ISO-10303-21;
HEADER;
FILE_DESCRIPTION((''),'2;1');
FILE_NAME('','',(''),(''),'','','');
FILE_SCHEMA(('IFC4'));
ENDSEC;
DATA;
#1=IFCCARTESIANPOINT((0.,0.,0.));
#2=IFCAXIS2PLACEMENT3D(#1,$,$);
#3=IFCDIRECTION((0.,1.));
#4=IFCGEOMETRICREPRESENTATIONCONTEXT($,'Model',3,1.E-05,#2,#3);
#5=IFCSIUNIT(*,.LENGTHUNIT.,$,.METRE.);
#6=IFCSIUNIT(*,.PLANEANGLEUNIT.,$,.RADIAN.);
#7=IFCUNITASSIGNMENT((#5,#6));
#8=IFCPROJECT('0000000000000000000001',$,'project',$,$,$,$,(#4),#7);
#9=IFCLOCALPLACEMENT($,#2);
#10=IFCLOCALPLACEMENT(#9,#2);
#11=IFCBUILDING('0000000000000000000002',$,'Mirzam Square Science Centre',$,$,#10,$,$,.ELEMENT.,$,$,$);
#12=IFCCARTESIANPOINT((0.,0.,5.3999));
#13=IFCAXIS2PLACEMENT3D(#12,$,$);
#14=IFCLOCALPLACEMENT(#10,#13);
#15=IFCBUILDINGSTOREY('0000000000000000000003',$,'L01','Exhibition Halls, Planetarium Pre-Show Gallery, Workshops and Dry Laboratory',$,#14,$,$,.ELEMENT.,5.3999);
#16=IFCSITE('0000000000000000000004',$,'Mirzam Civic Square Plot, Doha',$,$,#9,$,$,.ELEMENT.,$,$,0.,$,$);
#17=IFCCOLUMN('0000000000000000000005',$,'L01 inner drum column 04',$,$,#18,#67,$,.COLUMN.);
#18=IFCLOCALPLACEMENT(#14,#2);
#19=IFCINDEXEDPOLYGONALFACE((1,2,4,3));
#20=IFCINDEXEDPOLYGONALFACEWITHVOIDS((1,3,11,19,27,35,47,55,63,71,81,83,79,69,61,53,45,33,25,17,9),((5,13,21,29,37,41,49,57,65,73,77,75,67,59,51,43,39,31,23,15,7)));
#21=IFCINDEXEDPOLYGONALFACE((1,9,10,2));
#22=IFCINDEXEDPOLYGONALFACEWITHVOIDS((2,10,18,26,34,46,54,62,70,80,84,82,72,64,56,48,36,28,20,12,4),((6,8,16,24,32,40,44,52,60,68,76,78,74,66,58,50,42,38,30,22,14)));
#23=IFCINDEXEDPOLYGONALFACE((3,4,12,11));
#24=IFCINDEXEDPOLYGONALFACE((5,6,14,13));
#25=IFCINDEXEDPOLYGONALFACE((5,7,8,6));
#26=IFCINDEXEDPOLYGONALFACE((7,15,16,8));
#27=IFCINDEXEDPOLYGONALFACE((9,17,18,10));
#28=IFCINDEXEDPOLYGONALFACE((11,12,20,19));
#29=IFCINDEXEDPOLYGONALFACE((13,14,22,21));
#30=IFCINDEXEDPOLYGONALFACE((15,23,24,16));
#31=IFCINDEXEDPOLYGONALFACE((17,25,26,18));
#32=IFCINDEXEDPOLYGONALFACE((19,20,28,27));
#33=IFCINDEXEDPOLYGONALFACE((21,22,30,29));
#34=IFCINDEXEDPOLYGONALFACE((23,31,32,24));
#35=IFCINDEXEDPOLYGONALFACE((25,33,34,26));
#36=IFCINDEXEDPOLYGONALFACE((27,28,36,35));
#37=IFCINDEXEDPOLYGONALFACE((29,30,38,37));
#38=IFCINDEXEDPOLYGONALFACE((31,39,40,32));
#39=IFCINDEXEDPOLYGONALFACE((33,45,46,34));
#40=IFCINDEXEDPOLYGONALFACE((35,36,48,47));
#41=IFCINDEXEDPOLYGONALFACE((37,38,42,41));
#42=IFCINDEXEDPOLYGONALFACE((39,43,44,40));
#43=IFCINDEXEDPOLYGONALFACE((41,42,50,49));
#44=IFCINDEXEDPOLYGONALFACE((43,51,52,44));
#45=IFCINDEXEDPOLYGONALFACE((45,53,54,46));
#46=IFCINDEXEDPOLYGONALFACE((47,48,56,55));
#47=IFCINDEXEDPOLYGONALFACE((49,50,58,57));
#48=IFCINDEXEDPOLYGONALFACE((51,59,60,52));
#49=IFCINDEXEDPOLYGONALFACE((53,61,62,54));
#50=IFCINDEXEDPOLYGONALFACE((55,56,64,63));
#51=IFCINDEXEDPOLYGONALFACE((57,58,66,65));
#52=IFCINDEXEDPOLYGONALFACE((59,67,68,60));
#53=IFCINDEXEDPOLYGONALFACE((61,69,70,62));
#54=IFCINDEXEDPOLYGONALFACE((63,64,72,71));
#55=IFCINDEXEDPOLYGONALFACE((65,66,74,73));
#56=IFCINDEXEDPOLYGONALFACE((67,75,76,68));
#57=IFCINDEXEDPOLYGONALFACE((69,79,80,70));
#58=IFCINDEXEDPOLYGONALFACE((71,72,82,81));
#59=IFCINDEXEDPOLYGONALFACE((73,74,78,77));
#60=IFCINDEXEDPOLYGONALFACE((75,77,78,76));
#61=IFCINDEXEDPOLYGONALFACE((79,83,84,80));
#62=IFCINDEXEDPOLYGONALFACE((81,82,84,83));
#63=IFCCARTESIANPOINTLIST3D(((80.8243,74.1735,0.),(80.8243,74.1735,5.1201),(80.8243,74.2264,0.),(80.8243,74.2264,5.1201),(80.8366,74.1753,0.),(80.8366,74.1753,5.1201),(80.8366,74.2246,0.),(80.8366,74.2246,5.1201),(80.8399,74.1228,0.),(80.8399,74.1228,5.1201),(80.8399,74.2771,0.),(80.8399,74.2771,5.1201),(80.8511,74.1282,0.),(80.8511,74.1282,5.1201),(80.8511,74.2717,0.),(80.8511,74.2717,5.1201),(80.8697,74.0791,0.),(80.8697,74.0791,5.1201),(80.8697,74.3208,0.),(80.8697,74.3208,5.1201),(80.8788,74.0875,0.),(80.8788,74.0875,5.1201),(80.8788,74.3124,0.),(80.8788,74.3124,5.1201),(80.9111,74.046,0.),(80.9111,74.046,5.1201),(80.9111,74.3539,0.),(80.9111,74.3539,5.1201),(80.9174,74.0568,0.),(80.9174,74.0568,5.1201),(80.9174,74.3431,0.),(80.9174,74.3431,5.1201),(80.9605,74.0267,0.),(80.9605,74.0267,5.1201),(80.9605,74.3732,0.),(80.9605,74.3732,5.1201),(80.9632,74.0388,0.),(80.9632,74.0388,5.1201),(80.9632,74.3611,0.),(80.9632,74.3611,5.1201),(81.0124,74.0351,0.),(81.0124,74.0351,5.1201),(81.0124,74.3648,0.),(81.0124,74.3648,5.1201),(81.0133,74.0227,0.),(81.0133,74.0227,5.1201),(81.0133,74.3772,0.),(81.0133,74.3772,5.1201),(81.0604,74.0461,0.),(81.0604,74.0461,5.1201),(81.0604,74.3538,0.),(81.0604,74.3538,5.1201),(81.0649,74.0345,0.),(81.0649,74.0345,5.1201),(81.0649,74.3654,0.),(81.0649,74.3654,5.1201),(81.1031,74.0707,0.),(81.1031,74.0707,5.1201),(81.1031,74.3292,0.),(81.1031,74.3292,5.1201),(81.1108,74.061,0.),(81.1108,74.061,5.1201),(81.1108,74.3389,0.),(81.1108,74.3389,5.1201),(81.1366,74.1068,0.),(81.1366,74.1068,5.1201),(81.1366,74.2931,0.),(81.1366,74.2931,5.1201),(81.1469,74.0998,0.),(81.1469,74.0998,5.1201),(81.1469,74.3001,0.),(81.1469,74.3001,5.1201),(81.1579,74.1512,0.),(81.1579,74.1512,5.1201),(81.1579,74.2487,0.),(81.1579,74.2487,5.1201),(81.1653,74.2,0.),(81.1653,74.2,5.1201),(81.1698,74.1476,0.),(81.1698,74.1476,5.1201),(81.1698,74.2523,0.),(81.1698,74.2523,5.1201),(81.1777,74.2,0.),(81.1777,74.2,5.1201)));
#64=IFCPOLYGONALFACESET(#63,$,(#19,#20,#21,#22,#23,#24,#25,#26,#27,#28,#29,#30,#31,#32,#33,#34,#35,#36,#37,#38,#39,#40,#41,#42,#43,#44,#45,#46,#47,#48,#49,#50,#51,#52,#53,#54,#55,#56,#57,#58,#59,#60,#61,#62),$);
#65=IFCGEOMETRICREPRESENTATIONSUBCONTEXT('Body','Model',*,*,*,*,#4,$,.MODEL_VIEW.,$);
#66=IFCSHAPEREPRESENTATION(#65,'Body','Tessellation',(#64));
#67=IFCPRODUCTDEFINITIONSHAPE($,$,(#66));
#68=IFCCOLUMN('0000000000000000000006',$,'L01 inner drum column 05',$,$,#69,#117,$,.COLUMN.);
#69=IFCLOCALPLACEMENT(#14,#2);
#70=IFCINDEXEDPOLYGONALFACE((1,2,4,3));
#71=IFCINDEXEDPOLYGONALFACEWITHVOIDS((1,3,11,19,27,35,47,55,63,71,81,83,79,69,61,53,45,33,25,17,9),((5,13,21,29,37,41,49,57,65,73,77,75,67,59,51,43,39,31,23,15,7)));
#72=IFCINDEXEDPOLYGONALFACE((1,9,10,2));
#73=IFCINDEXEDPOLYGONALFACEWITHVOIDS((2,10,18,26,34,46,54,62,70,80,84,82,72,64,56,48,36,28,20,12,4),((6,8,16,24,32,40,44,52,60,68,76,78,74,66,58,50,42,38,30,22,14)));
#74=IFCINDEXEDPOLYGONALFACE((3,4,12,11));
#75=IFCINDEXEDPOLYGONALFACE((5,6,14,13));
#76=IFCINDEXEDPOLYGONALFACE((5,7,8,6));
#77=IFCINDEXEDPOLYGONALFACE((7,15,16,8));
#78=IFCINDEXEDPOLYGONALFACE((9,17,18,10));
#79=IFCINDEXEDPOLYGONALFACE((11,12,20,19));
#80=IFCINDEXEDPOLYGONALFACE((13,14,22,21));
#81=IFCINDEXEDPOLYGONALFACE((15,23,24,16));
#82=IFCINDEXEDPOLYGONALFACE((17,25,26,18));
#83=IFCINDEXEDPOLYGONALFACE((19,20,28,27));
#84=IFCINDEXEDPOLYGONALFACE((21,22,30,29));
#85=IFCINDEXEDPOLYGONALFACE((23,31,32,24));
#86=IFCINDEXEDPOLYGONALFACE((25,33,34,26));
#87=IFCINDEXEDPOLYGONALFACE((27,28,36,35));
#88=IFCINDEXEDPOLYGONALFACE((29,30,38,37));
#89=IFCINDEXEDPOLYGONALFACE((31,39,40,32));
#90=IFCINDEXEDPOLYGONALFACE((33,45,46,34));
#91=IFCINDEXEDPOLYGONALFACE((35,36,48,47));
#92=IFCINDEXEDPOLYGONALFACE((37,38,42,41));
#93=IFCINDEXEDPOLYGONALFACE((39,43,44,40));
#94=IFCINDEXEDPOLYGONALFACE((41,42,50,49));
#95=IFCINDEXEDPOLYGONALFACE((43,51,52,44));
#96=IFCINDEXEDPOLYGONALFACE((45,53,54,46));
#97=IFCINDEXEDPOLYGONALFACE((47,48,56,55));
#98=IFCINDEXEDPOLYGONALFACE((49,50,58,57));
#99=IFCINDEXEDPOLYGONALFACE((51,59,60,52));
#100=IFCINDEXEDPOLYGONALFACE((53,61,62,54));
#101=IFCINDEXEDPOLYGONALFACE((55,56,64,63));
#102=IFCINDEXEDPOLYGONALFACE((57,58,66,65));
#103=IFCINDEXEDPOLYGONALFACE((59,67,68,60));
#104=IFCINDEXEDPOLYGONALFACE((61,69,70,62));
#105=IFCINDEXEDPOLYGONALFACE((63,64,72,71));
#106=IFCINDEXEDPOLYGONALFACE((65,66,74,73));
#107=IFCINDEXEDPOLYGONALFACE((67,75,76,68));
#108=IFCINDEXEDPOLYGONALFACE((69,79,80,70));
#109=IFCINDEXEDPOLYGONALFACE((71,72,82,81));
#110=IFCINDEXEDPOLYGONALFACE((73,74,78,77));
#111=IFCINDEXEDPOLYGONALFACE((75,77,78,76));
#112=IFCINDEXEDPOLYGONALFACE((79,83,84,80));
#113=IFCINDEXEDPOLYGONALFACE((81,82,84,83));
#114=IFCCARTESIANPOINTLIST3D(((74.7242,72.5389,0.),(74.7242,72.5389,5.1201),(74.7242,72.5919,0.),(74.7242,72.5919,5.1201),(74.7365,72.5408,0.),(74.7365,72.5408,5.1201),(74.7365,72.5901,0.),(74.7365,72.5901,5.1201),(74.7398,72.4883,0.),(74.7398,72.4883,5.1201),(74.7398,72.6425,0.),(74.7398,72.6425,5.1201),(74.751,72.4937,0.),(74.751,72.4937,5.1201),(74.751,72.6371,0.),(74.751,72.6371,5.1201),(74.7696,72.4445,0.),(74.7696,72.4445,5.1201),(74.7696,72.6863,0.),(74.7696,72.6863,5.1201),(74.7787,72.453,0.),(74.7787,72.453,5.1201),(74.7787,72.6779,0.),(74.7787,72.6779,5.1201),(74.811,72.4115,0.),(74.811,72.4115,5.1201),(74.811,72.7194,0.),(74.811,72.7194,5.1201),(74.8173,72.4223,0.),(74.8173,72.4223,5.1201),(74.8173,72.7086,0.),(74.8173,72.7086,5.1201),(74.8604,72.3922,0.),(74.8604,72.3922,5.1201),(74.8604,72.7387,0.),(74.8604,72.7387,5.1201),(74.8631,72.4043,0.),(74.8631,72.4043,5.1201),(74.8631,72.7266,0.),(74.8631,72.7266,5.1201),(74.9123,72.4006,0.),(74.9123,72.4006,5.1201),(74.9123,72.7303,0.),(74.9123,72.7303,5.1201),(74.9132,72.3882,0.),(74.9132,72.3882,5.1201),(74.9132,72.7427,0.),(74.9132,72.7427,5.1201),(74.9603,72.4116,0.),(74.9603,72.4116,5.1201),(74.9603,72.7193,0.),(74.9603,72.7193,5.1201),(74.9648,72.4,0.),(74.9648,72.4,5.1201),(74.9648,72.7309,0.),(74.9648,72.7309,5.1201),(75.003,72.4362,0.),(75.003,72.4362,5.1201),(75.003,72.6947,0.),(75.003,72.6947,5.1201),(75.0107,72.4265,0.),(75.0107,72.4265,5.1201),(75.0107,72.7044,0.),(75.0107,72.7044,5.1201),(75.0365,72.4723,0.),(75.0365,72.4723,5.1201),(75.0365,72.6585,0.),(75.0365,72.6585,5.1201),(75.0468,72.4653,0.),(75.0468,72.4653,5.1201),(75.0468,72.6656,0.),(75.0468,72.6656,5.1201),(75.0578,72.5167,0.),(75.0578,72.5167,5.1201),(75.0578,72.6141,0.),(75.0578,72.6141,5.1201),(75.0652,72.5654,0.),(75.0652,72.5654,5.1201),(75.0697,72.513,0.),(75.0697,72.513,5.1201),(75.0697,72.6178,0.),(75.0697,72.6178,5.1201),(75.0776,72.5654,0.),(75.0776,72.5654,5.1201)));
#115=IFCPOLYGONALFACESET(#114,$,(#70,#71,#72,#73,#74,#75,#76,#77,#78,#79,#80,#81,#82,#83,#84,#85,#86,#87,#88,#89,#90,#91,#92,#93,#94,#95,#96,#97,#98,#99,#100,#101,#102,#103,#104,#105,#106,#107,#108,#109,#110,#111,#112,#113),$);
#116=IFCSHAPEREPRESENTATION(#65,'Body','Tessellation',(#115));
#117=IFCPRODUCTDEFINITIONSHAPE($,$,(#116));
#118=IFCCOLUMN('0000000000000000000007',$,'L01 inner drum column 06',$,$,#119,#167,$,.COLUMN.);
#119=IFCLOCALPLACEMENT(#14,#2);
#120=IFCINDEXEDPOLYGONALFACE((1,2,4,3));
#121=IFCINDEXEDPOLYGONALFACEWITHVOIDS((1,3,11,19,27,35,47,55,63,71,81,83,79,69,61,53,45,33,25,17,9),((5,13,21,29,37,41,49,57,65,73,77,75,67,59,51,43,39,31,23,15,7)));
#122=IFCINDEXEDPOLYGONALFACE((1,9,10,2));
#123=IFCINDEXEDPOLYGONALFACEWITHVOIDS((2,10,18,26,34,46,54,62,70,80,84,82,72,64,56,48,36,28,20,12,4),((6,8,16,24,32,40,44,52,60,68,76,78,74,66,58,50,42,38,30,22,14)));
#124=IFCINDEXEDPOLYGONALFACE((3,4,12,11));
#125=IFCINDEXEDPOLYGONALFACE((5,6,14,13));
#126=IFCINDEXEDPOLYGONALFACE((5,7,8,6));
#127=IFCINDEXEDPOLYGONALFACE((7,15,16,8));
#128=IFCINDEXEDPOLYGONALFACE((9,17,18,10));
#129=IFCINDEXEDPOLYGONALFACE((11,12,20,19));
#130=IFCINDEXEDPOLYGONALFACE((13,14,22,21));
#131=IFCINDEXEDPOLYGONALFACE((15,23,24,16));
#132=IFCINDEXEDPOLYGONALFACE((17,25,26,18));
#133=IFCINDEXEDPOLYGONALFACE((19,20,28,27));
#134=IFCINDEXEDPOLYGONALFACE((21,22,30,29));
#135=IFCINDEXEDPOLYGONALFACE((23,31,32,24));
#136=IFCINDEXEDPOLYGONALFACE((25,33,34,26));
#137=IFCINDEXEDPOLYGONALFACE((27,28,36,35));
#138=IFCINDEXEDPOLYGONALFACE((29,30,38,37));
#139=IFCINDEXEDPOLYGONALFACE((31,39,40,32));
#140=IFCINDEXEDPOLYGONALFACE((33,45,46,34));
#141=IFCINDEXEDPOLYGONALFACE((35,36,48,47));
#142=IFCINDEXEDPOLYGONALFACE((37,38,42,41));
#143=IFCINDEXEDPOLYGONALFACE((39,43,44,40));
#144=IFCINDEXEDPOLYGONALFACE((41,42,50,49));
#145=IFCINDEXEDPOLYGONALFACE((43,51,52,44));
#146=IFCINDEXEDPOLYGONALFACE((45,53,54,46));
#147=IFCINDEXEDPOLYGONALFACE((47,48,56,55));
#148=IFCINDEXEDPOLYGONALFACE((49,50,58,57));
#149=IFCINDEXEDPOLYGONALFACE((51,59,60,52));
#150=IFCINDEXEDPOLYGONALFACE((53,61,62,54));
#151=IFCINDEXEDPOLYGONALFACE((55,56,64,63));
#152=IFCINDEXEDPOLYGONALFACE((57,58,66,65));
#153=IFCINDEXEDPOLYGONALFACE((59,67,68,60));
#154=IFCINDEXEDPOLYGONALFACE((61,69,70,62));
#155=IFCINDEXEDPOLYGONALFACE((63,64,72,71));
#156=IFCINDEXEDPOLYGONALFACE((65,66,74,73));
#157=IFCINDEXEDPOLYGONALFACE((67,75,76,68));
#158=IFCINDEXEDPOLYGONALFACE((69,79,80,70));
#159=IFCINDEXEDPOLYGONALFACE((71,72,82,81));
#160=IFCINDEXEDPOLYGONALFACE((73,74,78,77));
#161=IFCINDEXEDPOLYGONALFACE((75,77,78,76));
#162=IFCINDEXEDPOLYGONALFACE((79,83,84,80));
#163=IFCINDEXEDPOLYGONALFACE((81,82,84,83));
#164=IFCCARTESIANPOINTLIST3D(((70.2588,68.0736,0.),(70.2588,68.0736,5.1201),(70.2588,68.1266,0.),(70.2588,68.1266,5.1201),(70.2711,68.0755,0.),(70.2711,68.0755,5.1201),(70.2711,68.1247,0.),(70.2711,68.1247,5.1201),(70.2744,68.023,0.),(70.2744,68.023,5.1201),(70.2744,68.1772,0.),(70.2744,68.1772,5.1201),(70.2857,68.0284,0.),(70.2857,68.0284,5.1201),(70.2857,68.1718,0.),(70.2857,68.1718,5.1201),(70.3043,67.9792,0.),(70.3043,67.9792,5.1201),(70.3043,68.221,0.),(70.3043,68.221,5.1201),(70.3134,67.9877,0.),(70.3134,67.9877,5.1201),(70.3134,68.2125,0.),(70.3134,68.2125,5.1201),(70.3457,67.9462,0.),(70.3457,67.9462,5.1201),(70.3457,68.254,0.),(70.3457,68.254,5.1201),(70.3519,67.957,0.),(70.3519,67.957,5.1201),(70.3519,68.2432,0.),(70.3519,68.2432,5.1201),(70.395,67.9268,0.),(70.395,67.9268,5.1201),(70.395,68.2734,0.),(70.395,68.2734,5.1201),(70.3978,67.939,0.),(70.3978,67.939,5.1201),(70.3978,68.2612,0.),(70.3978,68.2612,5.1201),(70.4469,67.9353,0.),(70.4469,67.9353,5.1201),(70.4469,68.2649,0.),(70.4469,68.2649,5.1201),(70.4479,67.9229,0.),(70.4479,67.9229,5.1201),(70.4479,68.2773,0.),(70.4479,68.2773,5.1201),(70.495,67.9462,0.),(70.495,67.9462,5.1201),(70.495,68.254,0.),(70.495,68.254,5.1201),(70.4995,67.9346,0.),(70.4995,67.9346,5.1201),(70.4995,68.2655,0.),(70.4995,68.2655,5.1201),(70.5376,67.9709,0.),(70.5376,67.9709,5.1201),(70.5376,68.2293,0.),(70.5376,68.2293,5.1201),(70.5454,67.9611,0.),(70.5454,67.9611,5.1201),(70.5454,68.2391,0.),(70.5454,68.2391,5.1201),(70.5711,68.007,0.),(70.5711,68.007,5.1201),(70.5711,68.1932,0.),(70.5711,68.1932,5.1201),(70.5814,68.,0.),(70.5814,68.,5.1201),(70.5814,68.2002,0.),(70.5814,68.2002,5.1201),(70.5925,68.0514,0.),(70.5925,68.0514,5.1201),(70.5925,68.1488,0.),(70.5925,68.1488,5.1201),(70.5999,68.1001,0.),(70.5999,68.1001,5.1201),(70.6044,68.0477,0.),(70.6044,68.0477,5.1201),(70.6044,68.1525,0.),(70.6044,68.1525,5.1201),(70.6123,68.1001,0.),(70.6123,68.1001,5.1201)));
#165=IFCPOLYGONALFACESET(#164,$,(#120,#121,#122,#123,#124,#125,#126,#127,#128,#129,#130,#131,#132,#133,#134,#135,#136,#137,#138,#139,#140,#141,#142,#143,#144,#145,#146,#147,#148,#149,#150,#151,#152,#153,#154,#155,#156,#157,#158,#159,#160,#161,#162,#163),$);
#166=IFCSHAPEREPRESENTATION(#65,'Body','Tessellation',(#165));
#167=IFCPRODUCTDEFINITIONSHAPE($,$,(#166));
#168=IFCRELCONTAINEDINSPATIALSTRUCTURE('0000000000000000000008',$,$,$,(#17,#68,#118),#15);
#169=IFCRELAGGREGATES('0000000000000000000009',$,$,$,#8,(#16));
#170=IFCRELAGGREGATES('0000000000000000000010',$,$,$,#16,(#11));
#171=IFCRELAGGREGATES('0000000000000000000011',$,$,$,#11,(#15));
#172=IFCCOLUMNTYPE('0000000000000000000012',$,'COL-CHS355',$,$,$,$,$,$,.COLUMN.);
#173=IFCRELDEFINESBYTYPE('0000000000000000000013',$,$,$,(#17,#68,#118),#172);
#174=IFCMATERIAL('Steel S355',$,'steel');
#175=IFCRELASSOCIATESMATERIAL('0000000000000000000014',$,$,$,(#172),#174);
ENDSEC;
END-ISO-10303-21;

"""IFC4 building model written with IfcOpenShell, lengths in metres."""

from ifc_helpers import new_model, si_unit, direction, frame, origin, origin_2d, place, context, subcontext, project, spatial, hollow_circle, extrude, material, material_profile, profile_set, type_object, element, save


model = new_model("IFC4")

# Units and contexts
model_context = context("Model", 3, precision=1e-05, world=origin(), true_north=direction((0.0, 1.0)))
body_context = subcontext(model_context, "Body", "Model", "MODEL_VIEW")
ifc_project = project(units=[si_unit("LENGTHUNIT", "METRE"), si_unit("PLANEANGLEUNIT", "RADIAN")], contexts=[model_context])

# Site, building, storey
site_placement = place(None, origin())
site = spatial("IfcSite", under=ifc_project, at=site_placement, Name="Mirzam Civic Square Plot, Doha", CompositionType="ELEMENT", RefElevation=0.0)
building_placement = place(site_placement, origin())
building = spatial("IfcBuilding", under=site, at=building_placement, Name="Mirzam Square Science Centre", CompositionType="ELEMENT")
storey_placement = place(building_placement, frame((0.0, 0.0, 5.3999)))
storey = spatial("IfcBuildingStorey", under=building, at=storey_placement, Name="L01", Description="Exhibition Halls, Planetarium Pre-Show Gallery, Workshops and Dry Laboratory", CompositionType="ELEMENT", Elevation=5.3999)

# Columns
ifc_material_1 = material(Name="Steel S355", Category="steel")
ifc_material_profile_1 = material_profile(ifc_material_1, hollow_circle(Radius=0.1777, WallThickness=0.0125, at=origin_2d()), Name="355.6x12.5CHS")
ifc_profile_set_1 = profile_set([ifc_material_profile_1], Name="Steel S355")
column_type_1 = type_object("IfcColumnType", Name="COL-CHS355", PredefinedType="COLUMN", material=ifc_profile_set_1)
for number, where, z_axis, x_axis, name in (
    (1, (81.0, 74.2, 0.0), (0.0, 0.0, 1.0), (1.0, 0.0, 0.0), "L01 inner drum column 04"),
    (2, (74.8999, 72.5654, 0.0), (0.0, 0.0, 1.0), (1.0, 0.0, 0.0), "L01 inner drum column 05"),
    (3, (70.4346, 68.1001, 0.0), (0.0, 0.0, 1.0), (1.0, 0.0, 0.0), "L01 inner drum column 06"),
):
    element("IfcColumn", number, at=place(storey_placement, frame(where, z_axis=z_axis, x_axis=x_axis)), inside=storey, type_object=column_type_1, Name=name, PredefinedType="COLUMN", context=body_context, shape_type="SweptSolid", body=[
        extrude(hollow_circle(Radius=0.1777, WallThickness=0.0125, at=origin_2d()), origin(), (0.0, 0.0, 1.0), 5.1201),
    ])

save(model, "model.ifc")
